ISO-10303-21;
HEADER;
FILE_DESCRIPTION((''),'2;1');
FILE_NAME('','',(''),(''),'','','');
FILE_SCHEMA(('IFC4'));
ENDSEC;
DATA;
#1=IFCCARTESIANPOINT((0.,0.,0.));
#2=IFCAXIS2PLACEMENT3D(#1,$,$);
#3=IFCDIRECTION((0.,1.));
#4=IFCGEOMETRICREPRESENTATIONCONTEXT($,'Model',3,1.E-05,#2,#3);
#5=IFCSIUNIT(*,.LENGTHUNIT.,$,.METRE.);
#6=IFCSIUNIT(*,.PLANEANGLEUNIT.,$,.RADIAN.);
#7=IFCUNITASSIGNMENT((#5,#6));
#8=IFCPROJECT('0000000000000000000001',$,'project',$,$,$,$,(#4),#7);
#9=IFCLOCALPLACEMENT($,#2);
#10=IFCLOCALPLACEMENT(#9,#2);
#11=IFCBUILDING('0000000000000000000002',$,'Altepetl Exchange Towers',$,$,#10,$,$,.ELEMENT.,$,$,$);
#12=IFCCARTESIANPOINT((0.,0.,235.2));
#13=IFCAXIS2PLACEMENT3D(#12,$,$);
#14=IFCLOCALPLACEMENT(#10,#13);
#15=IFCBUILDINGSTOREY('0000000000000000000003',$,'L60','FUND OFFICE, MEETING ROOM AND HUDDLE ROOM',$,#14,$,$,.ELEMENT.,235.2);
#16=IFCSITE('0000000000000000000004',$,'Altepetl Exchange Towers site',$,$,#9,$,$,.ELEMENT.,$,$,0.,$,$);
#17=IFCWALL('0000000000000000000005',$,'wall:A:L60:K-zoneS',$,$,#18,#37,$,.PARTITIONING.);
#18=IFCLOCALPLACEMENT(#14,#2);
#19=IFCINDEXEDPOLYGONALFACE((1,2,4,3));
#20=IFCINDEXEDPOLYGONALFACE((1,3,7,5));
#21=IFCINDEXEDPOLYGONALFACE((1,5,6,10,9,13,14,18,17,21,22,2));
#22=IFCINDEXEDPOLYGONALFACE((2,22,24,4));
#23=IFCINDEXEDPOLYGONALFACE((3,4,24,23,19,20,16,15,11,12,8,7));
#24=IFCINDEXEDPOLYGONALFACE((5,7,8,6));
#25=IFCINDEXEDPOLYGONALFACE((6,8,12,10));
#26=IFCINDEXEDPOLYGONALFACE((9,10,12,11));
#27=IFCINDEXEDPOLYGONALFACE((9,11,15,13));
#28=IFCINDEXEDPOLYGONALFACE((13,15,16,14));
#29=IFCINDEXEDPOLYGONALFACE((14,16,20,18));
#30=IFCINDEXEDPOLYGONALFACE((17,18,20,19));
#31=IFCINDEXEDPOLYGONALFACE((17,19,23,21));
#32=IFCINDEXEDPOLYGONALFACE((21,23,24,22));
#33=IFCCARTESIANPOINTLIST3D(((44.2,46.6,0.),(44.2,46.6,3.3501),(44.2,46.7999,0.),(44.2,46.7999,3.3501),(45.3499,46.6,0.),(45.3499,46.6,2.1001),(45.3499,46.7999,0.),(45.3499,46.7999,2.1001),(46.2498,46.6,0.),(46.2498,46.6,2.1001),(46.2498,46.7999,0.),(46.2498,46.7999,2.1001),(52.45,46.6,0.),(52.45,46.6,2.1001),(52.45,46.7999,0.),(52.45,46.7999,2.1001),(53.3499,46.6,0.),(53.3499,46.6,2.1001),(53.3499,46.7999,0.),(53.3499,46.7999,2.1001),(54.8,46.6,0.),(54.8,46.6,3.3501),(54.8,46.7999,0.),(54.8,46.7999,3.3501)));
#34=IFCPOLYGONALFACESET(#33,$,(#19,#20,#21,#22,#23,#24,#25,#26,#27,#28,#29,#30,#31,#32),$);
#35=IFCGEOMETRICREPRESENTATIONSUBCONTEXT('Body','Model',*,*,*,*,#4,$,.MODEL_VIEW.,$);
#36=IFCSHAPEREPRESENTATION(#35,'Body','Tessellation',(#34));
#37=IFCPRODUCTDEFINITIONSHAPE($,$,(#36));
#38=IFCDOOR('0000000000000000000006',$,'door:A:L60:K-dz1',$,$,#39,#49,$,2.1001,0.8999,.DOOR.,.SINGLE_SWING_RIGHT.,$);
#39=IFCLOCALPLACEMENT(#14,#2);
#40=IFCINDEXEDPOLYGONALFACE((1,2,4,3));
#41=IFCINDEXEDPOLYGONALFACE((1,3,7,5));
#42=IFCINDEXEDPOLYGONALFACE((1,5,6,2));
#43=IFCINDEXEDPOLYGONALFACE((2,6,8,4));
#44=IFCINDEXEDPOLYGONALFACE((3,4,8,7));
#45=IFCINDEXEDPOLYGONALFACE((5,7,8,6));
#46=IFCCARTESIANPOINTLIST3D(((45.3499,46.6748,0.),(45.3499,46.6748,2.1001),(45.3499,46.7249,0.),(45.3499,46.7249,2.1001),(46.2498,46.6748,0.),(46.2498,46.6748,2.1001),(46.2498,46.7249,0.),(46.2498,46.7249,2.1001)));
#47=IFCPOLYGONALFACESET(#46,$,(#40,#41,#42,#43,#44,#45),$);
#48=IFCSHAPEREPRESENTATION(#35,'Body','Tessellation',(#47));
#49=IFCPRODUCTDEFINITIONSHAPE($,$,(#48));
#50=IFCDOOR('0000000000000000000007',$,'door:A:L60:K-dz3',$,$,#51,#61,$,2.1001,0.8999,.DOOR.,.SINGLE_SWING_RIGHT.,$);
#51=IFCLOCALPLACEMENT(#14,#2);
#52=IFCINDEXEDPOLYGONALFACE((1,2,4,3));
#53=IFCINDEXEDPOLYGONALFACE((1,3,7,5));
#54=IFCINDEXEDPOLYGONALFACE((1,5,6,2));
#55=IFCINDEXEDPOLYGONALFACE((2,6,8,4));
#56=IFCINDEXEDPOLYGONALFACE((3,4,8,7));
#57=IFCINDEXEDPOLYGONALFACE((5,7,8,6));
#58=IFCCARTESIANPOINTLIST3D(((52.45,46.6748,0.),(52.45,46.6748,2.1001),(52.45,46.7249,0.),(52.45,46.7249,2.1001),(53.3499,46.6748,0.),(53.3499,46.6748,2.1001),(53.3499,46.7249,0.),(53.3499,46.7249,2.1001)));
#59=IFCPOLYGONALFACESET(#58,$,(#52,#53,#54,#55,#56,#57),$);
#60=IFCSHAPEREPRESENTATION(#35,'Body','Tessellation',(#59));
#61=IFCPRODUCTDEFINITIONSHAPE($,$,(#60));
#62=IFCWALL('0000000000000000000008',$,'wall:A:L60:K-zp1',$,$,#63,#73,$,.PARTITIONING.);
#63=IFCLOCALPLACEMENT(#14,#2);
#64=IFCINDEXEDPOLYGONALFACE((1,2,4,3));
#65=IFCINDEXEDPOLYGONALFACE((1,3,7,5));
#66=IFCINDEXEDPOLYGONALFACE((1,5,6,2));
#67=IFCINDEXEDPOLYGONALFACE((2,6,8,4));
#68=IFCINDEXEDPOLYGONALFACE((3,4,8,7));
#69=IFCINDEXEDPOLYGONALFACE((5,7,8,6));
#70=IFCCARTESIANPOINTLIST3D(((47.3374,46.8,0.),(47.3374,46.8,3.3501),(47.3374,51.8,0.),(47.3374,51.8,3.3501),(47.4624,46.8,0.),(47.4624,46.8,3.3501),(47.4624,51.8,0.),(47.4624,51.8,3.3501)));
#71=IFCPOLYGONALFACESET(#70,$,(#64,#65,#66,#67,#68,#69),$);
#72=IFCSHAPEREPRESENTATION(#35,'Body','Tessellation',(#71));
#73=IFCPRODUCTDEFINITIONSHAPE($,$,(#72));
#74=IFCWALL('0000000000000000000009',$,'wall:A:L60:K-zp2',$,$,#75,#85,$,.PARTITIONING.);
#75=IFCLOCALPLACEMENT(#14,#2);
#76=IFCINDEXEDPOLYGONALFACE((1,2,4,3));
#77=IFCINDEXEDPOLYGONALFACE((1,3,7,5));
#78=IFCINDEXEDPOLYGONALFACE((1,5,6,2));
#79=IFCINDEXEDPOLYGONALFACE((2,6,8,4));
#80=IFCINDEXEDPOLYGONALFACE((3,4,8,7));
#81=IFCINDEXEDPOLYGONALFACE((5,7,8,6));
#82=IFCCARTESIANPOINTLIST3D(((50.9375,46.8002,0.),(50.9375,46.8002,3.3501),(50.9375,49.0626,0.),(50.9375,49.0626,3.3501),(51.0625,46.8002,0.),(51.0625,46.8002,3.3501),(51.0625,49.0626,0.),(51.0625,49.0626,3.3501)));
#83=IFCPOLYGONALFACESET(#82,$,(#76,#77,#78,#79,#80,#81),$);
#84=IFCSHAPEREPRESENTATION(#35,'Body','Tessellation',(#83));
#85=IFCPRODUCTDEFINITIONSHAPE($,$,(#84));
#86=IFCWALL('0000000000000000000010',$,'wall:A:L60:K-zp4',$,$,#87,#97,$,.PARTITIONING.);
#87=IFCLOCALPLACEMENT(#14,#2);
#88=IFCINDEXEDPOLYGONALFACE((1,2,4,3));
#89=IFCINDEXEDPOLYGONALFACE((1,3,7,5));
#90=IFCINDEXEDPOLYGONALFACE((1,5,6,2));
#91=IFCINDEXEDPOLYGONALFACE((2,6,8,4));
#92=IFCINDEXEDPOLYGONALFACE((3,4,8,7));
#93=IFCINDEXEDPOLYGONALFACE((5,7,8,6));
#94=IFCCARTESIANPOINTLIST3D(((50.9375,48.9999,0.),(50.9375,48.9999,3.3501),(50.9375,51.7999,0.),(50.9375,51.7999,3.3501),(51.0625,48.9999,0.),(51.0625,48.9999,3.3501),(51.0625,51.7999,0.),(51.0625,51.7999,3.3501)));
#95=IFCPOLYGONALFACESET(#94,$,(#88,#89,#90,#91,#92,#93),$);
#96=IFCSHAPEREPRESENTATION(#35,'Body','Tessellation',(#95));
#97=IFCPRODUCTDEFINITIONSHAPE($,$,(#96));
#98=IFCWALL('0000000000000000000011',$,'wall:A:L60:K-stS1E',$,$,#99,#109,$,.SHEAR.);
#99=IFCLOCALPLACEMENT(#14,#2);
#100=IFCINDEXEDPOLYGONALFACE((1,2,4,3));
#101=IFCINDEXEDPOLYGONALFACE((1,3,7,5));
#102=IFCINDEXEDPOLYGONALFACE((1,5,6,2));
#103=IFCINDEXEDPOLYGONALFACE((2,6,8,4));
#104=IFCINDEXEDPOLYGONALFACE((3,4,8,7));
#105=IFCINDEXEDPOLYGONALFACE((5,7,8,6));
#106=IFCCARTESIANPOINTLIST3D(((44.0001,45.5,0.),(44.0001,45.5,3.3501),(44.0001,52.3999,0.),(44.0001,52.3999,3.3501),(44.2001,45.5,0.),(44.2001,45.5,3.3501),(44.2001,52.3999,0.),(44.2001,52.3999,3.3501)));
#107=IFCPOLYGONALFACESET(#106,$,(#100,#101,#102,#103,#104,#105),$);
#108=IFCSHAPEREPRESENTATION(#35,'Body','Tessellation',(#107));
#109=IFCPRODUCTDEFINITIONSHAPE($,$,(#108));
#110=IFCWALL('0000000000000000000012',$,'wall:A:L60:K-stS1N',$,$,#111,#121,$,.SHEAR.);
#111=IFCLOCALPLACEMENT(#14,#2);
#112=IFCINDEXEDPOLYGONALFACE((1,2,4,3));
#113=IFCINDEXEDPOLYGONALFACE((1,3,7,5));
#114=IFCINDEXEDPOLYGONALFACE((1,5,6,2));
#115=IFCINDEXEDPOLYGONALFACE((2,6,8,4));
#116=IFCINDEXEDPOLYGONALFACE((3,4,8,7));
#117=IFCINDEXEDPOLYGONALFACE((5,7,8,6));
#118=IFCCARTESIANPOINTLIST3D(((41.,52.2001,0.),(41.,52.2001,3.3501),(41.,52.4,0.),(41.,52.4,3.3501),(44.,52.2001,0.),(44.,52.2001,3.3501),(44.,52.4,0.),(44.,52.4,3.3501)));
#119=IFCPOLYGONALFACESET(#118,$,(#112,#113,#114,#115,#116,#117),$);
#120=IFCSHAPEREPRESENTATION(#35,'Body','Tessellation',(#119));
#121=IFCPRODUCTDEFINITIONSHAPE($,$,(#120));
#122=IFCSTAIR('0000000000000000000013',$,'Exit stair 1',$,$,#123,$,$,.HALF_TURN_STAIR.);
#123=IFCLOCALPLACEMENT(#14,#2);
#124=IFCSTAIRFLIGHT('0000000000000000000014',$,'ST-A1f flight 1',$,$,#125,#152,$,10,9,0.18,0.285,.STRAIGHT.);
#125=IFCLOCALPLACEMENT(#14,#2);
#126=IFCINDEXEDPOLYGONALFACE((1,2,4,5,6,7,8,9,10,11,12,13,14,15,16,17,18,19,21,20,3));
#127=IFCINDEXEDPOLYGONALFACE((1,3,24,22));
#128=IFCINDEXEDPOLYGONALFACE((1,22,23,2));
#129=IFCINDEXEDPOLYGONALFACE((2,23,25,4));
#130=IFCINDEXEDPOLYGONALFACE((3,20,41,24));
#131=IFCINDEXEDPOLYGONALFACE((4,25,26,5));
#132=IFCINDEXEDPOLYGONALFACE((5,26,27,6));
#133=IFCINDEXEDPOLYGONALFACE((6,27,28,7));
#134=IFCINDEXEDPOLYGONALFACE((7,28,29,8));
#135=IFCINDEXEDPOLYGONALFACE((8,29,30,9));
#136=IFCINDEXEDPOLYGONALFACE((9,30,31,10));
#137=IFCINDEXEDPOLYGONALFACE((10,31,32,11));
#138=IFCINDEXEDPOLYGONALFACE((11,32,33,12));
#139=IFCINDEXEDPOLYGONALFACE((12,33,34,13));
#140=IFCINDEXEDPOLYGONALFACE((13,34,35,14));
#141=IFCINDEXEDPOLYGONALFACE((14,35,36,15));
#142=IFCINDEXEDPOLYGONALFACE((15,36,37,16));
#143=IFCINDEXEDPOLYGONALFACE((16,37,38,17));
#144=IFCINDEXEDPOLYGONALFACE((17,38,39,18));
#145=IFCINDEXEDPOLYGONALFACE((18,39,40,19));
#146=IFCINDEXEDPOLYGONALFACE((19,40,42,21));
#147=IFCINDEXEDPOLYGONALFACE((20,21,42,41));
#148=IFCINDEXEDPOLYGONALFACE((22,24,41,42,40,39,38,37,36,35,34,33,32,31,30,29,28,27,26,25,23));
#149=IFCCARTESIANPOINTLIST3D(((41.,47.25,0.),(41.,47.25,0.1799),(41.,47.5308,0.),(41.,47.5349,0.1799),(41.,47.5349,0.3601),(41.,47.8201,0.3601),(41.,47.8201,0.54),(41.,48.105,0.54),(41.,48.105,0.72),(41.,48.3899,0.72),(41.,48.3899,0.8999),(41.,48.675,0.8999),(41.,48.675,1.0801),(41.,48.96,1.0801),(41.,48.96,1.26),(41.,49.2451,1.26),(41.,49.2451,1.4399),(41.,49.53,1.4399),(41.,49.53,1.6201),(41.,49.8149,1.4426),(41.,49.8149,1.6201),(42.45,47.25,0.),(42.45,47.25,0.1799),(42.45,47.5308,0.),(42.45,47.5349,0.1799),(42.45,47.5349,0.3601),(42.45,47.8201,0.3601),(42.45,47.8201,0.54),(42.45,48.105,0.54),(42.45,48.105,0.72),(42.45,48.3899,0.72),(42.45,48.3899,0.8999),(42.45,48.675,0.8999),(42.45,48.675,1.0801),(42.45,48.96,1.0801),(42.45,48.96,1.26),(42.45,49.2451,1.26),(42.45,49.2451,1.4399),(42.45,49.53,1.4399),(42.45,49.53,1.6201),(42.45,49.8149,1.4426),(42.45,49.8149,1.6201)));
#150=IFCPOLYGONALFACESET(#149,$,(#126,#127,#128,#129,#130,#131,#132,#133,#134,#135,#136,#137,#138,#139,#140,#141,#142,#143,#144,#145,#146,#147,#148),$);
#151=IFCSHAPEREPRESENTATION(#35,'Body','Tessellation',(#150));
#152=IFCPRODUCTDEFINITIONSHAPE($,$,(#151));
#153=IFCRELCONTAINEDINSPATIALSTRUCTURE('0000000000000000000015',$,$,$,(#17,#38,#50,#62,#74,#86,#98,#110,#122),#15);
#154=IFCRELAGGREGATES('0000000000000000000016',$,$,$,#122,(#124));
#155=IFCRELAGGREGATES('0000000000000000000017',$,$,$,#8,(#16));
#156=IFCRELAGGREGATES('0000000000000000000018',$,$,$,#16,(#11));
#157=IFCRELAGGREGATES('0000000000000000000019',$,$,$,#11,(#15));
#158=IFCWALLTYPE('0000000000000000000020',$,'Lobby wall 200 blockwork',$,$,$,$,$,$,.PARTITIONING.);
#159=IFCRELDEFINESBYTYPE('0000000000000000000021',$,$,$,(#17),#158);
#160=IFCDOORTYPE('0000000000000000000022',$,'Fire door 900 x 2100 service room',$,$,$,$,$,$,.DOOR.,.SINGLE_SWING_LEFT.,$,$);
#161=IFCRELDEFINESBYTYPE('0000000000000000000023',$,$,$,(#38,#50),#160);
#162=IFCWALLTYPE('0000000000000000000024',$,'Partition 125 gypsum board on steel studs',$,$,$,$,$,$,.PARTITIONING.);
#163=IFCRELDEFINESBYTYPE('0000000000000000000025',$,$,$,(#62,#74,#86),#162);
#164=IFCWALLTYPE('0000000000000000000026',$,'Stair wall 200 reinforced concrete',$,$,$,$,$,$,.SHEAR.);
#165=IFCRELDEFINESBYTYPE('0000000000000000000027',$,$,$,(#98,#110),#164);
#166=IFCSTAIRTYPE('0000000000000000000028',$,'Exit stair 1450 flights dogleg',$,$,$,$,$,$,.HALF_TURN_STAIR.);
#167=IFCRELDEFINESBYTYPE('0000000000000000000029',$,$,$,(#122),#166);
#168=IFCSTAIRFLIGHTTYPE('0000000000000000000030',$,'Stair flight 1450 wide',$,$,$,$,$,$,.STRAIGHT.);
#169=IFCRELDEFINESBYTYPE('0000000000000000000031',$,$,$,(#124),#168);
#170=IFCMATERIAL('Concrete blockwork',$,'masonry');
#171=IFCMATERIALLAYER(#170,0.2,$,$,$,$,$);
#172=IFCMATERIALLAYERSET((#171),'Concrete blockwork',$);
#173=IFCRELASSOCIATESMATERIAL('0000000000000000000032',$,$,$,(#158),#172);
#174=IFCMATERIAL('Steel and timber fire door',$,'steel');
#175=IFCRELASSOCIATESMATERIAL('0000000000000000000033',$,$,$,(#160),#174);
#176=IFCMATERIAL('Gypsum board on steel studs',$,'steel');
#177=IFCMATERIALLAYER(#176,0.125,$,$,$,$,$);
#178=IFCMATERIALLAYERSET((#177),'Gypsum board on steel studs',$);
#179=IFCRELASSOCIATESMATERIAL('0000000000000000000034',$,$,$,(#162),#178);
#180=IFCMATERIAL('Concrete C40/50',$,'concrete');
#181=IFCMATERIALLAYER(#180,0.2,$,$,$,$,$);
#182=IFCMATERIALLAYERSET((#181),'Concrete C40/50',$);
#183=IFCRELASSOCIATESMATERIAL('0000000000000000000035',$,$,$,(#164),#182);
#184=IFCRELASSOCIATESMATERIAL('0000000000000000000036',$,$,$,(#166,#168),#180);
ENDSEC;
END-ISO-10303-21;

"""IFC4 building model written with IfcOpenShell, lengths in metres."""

from ifc_helpers import new_model, si_unit, direction, frame, frame_2d, origin, place, context, subcontext, project, spatial, polyline, rectangle, outline, extrude, material, layer, layer_set, type_object, element, fill, aggregate, save


model = new_model("IFC4")

# Units and contexts
model_context = context("Model", 3, precision=1e-05, world=origin(), true_north=direction((0.0, 1.0)))
body_context = subcontext(model_context, "Body", "Model", "MODEL_VIEW")
ifc_project = project(units=[si_unit("LENGTHUNIT", "METRE"), si_unit("PLANEANGLEUNIT", "RADIAN")], contexts=[model_context])

# Site, building, storey
site_placement = place(None, origin())
site = spatial("IfcSite", under=ifc_project, at=site_placement, Name="Altepetl Exchange Towers site", CompositionType="ELEMENT", RefElevation=0.0)
building_placement = place(site_placement, origin())
building = spatial("IfcBuilding", under=site, at=building_placement, Name="Altepetl Exchange Towers", CompositionType="ELEMENT")
storey_placement = place(building_placement, frame((0.0, 0.0, 235.2)))
storey = spatial("IfcBuildingStorey", under=building, at=storey_placement, Name="L60", Description="FUND OFFICE, MEETING ROOM AND HUDDLE ROOM", CompositionType="ELEMENT", Elevation=235.2)

# Shared definitions
ifc_material_1 = material(Name="Concrete blockwork", Category="masonry")
ifc_layer_1 = layer(ifc_material_1, 0.2)
ifc_layer_set_1 = layer_set([ifc_layer_1], Name="Concrete blockwork")
wall_type_1 = type_object("IfcWallType", Name="Lobby wall 200 blockwork", PredefinedType="PARTITIONING", material=ifc_layer_set_1)

# Shared definitions
ifc_material_2 = material(Name="Steel and timber fire door", Category="steel")

# Wall, openings, doors
door_type_1 = type_object("IfcDoorType", Name="Fire door 900 x 2100 service room", OperationType="SINGLE_SWING_LEFT", PredefinedType="DOOR", material=ifc_material_2)
wall_1_placement = place(storey_placement, frame((44.2, 46.7, 0.0)))
wall_1 = element("IfcWall", 1, at=wall_1_placement, inside=storey, type_object=wall_type_1, Name="wall:A:L60:K-zoneS", PredefinedType="PARTITIONING", context=body_context, shape_type="SweptSolid", body=[
    extrude(rectangle(XDim=10.6001, YDim=0.2, at=frame_2d((5.3, 0.0))), origin(), (0.0, 0.0, 1.0), 3.3501),
])
opening_1_placement = place(wall_1_placement, frame((1.1499, 0.0, 0.0)))
opening_1 = element("IfcOpeningElement", 2, at=opening_1_placement, cuts=wall_1, PredefinedType="OPENING", context=body_context, shape_type="SweptSolid", body=[
    extrude(rectangle(XDim=0.8999, YDim=2.1001, at=frame_2d((0.45, 1.05))), frame((0.0, 0.1099, 0.0), z_axis=(0.0, -1.0, 0.0), x_axis=(1.0, 0.0, 0.0)), (0.0, 0.0, 1.0), 0.22),
])
opening_2_placement = place(wall_1_placement, frame((8.25, 0.0, 0.0)))
opening_2 = element("IfcOpeningElement", 3, at=opening_2_placement, cuts=wall_1, PredefinedType="OPENING", context=body_context, shape_type="SweptSolid", body=[
    extrude(rectangle(XDim=0.8999, YDim=2.1001, at=frame_2d((0.45, 1.05))), frame((0.0, 0.1099, 0.0), z_axis=(0.0, -1.0, 0.0), x_axis=(1.0, 0.0, 0.0)), (0.0, 0.0, 1.0), 0.22),
])
door_1_placement = place(opening_1_placement, origin())
door_1 = element("IfcDoor", 4, at=door_1_placement, inside=storey, type_object=door_type_1, Name="door:A:L60:K-dz1", OperationType="SINGLE_SWING_RIGHT", OverallHeight=2.1001, OverallWidth=0.8999, PredefinedType="DOOR", context=body_context, shape_type="SweptSolid", body=[
    extrude(rectangle(XDim=0.8999, YDim=2.1001, at=frame_2d((0.45, 1.05))), frame((0.0, 0.0249, 0.0), z_axis=(0.0, -1.0, 0.0), x_axis=(1.0, 0.0, 0.0)), (0.0, 0.0, 1.0), 0.05),
])
fill(opening_1, door_1)
door_2_placement = place(opening_2_placement, origin())
door_2 = element("IfcDoor", 5, at=door_2_placement, inside=storey, type_object=door_type_1, Name="door:A:L60:K-dz3", OperationType="SINGLE_SWING_RIGHT", OverallHeight=2.1001, OverallWidth=0.8999, PredefinedType="DOOR", context=body_context, shape_type="SweptSolid", body=[
    extrude(rectangle(XDim=0.8999, YDim=2.1001, at=frame_2d((0.45, 1.05))), frame((0.0, 0.0249, 0.0), z_axis=(0.0, -1.0, 0.0), x_axis=(1.0, 0.0, 0.0)), (0.0, 0.0, 1.0), 0.05),
])
fill(opening_2, door_2)

# Walls
ifc_material_3 = material(Name="Gypsum board on steel studs", Category="steel")
ifc_layer_2 = layer(ifc_material_3, 0.125)
ifc_layer_set_2 = layer_set([ifc_layer_2], Name="Gypsum board on steel studs")
wall_type_2 = type_object("IfcWallType", Name="Partition 125 gypsum board on steel studs", PredefinedType="PARTITIONING", material=ifc_layer_set_2)
wall_2_placement = place(storey_placement, frame((47.3999, 46.8, 0.0), z_axis=(0.0, 0.0, 1.0), x_axis=(0.0, 1.0, 0.0)))
element("IfcWall", 6, at=wall_2_placement, inside=storey, type_object=wall_type_2, Name="wall:A:L60:K-zp1", PredefinedType="PARTITIONING", context=body_context, shape_type="SweptSolid", body=[
    extrude(rectangle(XDim=5.0, YDim=0.125, at=frame_2d((2.5, 0.0))), origin(), (0.0, 0.0, 1.0), 3.3501),
])
wall_3_placement = place(storey_placement, frame((51.0, 46.8, 0.0), z_axis=(0.0, 0.0, 1.0), x_axis=(0.0, 1.0, 0.0)))
element("IfcWall", 7, at=wall_3_placement, inside=storey, type_object=wall_type_2, Name="wall:A:L60:K-zp2", PredefinedType="PARTITIONING", context=body_context, shape_type="SweptSolid", body=[
    extrude(rectangle(XDim=2.2625, YDim=0.125, at=frame_2d((1.1313, 0.0))), origin(), (0.0, 0.0, 1.0), 3.3501),
])
wall_4_placement = place(storey_placement, frame((51.0, 49.0, 0.0), z_axis=(0.0, 0.0, 1.0), x_axis=(0.0, 1.0, 0.0)))
element("IfcWall", 8, at=wall_4_placement, inside=storey, type_object=wall_type_2, Name="wall:A:L60:K-zp4", PredefinedType="PARTITIONING", context=body_context, shape_type="SweptSolid", body=[
    extrude(rectangle(XDim=2.8, YDim=0.125, at=frame_2d((1.3999, 0.0))), origin(), (0.0, 0.0, 1.0), 3.3501),
])
ifc_material_4 = material(Name="Concrete C40/50", Category="concrete")
ifc_layer_3 = layer(ifc_material_4, 0.2)
ifc_layer_set_3 = layer_set([ifc_layer_3], Name="Concrete C40/50")
wall_type_3 = type_object("IfcWallType", Name="Stair wall 200 reinforced concrete", PredefinedType="SHEAR", material=ifc_layer_set_3)
wall_5_placement = place(storey_placement, frame((44.1001, 45.5, 0.0), z_axis=(0.0, 0.0, 1.0), x_axis=(0.0, 1.0, 0.0)))
element("IfcWall", 9, at=wall_5_placement, inside=storey, type_object=wall_type_3, Name="wall:A:L60:K-stS1E", PredefinedType="SHEAR", context=body_context, shape_type="SweptSolid", body=[
    extrude(rectangle(XDim=6.8999, YDim=0.2, at=frame_2d((3.45, 0.0))), origin(), (0.0, 0.0, 1.0), 3.3501),
])
wall_6_placement = place(storey_placement, frame((41.0, 52.3, 0.0)))
element("IfcWall", 10, at=wall_6_placement, inside=storey, type_object=wall_type_3, Name="wall:A:L60:K-stS1N", PredefinedType="SHEAR", context=body_context, shape_type="SweptSolid", body=[
    extrude(rectangle(XDim=3.0, YDim=0.2, at=frame_2d((1.5, 0.0))), origin(), (0.0, 0.0, 1.0), 3.3501),
])

# Stair, stair flight
stair_type = type_object("IfcStairType", Name="Exit stair 1450 flights dogleg", PredefinedType="HALF_TURN_STAIR", material=ifc_material_4)
stair_placement = place(storey_placement, origin())
stair = element("IfcStair", 11, at=stair_placement, inside=storey, type_object=stair_type, Name="Exit stair 1", PredefinedType="HALF_TURN_STAIR")
stair_flight_type = type_object("IfcStairFlightType", Name="Stair flight 1450 wide", PredefinedType="STRAIGHT", material=ifc_material_4)
stair_flight_1_placement = place(storey_placement, frame((41.7251, 47.25, 0.0), z_axis=(0.0, 0.0, 1.0), x_axis=(0.0, 1.0, 0.0)))
stair_flight_1 = element("IfcStairFlight", 12, at=stair_flight_1_placement, type_object=stair_flight_type, Name="ST-A1f flight 1", NumberOfRisers=10, NumberOfTreads=9, PredefinedType="STRAIGHT", RiserHeight=0.18, TreadLength=0.285, context=body_context, shape_type="SweptSolid", body=[
    extrude(outline(polyline([(0.0, 0.0), (0.0, 0.1799), (0.2849, 0.1799), (0.2849, 0.3601), (0.5701, 0.3601), (0.5701, 0.54), (0.855, 0.54), (0.855, 0.72), (1.1399, 0.72), (1.1399, 0.8999), (1.425, 0.8999), (1.425, 1.0801), (1.71, 1.0801), (1.71, 1.26), (1.9951, 1.26), (1.9951, 1.4399), (2.28, 1.4399), (2.28, 1.6201), (2.5649, 1.6201), (2.5649, 1.8), (2.5649, 1.4426), (0.2808, 0.0), (0.0, 0.0)])), frame((0.0, 0.7251, 0.0), z_axis=(0.0, -1.0, 0.0), x_axis=(1.0, 0.0, 0.0)), (0.0, 0.0, 1.0), 1.45),
])
aggregate(stair, [stair_flight_1])

save(model, "model.ifc")
